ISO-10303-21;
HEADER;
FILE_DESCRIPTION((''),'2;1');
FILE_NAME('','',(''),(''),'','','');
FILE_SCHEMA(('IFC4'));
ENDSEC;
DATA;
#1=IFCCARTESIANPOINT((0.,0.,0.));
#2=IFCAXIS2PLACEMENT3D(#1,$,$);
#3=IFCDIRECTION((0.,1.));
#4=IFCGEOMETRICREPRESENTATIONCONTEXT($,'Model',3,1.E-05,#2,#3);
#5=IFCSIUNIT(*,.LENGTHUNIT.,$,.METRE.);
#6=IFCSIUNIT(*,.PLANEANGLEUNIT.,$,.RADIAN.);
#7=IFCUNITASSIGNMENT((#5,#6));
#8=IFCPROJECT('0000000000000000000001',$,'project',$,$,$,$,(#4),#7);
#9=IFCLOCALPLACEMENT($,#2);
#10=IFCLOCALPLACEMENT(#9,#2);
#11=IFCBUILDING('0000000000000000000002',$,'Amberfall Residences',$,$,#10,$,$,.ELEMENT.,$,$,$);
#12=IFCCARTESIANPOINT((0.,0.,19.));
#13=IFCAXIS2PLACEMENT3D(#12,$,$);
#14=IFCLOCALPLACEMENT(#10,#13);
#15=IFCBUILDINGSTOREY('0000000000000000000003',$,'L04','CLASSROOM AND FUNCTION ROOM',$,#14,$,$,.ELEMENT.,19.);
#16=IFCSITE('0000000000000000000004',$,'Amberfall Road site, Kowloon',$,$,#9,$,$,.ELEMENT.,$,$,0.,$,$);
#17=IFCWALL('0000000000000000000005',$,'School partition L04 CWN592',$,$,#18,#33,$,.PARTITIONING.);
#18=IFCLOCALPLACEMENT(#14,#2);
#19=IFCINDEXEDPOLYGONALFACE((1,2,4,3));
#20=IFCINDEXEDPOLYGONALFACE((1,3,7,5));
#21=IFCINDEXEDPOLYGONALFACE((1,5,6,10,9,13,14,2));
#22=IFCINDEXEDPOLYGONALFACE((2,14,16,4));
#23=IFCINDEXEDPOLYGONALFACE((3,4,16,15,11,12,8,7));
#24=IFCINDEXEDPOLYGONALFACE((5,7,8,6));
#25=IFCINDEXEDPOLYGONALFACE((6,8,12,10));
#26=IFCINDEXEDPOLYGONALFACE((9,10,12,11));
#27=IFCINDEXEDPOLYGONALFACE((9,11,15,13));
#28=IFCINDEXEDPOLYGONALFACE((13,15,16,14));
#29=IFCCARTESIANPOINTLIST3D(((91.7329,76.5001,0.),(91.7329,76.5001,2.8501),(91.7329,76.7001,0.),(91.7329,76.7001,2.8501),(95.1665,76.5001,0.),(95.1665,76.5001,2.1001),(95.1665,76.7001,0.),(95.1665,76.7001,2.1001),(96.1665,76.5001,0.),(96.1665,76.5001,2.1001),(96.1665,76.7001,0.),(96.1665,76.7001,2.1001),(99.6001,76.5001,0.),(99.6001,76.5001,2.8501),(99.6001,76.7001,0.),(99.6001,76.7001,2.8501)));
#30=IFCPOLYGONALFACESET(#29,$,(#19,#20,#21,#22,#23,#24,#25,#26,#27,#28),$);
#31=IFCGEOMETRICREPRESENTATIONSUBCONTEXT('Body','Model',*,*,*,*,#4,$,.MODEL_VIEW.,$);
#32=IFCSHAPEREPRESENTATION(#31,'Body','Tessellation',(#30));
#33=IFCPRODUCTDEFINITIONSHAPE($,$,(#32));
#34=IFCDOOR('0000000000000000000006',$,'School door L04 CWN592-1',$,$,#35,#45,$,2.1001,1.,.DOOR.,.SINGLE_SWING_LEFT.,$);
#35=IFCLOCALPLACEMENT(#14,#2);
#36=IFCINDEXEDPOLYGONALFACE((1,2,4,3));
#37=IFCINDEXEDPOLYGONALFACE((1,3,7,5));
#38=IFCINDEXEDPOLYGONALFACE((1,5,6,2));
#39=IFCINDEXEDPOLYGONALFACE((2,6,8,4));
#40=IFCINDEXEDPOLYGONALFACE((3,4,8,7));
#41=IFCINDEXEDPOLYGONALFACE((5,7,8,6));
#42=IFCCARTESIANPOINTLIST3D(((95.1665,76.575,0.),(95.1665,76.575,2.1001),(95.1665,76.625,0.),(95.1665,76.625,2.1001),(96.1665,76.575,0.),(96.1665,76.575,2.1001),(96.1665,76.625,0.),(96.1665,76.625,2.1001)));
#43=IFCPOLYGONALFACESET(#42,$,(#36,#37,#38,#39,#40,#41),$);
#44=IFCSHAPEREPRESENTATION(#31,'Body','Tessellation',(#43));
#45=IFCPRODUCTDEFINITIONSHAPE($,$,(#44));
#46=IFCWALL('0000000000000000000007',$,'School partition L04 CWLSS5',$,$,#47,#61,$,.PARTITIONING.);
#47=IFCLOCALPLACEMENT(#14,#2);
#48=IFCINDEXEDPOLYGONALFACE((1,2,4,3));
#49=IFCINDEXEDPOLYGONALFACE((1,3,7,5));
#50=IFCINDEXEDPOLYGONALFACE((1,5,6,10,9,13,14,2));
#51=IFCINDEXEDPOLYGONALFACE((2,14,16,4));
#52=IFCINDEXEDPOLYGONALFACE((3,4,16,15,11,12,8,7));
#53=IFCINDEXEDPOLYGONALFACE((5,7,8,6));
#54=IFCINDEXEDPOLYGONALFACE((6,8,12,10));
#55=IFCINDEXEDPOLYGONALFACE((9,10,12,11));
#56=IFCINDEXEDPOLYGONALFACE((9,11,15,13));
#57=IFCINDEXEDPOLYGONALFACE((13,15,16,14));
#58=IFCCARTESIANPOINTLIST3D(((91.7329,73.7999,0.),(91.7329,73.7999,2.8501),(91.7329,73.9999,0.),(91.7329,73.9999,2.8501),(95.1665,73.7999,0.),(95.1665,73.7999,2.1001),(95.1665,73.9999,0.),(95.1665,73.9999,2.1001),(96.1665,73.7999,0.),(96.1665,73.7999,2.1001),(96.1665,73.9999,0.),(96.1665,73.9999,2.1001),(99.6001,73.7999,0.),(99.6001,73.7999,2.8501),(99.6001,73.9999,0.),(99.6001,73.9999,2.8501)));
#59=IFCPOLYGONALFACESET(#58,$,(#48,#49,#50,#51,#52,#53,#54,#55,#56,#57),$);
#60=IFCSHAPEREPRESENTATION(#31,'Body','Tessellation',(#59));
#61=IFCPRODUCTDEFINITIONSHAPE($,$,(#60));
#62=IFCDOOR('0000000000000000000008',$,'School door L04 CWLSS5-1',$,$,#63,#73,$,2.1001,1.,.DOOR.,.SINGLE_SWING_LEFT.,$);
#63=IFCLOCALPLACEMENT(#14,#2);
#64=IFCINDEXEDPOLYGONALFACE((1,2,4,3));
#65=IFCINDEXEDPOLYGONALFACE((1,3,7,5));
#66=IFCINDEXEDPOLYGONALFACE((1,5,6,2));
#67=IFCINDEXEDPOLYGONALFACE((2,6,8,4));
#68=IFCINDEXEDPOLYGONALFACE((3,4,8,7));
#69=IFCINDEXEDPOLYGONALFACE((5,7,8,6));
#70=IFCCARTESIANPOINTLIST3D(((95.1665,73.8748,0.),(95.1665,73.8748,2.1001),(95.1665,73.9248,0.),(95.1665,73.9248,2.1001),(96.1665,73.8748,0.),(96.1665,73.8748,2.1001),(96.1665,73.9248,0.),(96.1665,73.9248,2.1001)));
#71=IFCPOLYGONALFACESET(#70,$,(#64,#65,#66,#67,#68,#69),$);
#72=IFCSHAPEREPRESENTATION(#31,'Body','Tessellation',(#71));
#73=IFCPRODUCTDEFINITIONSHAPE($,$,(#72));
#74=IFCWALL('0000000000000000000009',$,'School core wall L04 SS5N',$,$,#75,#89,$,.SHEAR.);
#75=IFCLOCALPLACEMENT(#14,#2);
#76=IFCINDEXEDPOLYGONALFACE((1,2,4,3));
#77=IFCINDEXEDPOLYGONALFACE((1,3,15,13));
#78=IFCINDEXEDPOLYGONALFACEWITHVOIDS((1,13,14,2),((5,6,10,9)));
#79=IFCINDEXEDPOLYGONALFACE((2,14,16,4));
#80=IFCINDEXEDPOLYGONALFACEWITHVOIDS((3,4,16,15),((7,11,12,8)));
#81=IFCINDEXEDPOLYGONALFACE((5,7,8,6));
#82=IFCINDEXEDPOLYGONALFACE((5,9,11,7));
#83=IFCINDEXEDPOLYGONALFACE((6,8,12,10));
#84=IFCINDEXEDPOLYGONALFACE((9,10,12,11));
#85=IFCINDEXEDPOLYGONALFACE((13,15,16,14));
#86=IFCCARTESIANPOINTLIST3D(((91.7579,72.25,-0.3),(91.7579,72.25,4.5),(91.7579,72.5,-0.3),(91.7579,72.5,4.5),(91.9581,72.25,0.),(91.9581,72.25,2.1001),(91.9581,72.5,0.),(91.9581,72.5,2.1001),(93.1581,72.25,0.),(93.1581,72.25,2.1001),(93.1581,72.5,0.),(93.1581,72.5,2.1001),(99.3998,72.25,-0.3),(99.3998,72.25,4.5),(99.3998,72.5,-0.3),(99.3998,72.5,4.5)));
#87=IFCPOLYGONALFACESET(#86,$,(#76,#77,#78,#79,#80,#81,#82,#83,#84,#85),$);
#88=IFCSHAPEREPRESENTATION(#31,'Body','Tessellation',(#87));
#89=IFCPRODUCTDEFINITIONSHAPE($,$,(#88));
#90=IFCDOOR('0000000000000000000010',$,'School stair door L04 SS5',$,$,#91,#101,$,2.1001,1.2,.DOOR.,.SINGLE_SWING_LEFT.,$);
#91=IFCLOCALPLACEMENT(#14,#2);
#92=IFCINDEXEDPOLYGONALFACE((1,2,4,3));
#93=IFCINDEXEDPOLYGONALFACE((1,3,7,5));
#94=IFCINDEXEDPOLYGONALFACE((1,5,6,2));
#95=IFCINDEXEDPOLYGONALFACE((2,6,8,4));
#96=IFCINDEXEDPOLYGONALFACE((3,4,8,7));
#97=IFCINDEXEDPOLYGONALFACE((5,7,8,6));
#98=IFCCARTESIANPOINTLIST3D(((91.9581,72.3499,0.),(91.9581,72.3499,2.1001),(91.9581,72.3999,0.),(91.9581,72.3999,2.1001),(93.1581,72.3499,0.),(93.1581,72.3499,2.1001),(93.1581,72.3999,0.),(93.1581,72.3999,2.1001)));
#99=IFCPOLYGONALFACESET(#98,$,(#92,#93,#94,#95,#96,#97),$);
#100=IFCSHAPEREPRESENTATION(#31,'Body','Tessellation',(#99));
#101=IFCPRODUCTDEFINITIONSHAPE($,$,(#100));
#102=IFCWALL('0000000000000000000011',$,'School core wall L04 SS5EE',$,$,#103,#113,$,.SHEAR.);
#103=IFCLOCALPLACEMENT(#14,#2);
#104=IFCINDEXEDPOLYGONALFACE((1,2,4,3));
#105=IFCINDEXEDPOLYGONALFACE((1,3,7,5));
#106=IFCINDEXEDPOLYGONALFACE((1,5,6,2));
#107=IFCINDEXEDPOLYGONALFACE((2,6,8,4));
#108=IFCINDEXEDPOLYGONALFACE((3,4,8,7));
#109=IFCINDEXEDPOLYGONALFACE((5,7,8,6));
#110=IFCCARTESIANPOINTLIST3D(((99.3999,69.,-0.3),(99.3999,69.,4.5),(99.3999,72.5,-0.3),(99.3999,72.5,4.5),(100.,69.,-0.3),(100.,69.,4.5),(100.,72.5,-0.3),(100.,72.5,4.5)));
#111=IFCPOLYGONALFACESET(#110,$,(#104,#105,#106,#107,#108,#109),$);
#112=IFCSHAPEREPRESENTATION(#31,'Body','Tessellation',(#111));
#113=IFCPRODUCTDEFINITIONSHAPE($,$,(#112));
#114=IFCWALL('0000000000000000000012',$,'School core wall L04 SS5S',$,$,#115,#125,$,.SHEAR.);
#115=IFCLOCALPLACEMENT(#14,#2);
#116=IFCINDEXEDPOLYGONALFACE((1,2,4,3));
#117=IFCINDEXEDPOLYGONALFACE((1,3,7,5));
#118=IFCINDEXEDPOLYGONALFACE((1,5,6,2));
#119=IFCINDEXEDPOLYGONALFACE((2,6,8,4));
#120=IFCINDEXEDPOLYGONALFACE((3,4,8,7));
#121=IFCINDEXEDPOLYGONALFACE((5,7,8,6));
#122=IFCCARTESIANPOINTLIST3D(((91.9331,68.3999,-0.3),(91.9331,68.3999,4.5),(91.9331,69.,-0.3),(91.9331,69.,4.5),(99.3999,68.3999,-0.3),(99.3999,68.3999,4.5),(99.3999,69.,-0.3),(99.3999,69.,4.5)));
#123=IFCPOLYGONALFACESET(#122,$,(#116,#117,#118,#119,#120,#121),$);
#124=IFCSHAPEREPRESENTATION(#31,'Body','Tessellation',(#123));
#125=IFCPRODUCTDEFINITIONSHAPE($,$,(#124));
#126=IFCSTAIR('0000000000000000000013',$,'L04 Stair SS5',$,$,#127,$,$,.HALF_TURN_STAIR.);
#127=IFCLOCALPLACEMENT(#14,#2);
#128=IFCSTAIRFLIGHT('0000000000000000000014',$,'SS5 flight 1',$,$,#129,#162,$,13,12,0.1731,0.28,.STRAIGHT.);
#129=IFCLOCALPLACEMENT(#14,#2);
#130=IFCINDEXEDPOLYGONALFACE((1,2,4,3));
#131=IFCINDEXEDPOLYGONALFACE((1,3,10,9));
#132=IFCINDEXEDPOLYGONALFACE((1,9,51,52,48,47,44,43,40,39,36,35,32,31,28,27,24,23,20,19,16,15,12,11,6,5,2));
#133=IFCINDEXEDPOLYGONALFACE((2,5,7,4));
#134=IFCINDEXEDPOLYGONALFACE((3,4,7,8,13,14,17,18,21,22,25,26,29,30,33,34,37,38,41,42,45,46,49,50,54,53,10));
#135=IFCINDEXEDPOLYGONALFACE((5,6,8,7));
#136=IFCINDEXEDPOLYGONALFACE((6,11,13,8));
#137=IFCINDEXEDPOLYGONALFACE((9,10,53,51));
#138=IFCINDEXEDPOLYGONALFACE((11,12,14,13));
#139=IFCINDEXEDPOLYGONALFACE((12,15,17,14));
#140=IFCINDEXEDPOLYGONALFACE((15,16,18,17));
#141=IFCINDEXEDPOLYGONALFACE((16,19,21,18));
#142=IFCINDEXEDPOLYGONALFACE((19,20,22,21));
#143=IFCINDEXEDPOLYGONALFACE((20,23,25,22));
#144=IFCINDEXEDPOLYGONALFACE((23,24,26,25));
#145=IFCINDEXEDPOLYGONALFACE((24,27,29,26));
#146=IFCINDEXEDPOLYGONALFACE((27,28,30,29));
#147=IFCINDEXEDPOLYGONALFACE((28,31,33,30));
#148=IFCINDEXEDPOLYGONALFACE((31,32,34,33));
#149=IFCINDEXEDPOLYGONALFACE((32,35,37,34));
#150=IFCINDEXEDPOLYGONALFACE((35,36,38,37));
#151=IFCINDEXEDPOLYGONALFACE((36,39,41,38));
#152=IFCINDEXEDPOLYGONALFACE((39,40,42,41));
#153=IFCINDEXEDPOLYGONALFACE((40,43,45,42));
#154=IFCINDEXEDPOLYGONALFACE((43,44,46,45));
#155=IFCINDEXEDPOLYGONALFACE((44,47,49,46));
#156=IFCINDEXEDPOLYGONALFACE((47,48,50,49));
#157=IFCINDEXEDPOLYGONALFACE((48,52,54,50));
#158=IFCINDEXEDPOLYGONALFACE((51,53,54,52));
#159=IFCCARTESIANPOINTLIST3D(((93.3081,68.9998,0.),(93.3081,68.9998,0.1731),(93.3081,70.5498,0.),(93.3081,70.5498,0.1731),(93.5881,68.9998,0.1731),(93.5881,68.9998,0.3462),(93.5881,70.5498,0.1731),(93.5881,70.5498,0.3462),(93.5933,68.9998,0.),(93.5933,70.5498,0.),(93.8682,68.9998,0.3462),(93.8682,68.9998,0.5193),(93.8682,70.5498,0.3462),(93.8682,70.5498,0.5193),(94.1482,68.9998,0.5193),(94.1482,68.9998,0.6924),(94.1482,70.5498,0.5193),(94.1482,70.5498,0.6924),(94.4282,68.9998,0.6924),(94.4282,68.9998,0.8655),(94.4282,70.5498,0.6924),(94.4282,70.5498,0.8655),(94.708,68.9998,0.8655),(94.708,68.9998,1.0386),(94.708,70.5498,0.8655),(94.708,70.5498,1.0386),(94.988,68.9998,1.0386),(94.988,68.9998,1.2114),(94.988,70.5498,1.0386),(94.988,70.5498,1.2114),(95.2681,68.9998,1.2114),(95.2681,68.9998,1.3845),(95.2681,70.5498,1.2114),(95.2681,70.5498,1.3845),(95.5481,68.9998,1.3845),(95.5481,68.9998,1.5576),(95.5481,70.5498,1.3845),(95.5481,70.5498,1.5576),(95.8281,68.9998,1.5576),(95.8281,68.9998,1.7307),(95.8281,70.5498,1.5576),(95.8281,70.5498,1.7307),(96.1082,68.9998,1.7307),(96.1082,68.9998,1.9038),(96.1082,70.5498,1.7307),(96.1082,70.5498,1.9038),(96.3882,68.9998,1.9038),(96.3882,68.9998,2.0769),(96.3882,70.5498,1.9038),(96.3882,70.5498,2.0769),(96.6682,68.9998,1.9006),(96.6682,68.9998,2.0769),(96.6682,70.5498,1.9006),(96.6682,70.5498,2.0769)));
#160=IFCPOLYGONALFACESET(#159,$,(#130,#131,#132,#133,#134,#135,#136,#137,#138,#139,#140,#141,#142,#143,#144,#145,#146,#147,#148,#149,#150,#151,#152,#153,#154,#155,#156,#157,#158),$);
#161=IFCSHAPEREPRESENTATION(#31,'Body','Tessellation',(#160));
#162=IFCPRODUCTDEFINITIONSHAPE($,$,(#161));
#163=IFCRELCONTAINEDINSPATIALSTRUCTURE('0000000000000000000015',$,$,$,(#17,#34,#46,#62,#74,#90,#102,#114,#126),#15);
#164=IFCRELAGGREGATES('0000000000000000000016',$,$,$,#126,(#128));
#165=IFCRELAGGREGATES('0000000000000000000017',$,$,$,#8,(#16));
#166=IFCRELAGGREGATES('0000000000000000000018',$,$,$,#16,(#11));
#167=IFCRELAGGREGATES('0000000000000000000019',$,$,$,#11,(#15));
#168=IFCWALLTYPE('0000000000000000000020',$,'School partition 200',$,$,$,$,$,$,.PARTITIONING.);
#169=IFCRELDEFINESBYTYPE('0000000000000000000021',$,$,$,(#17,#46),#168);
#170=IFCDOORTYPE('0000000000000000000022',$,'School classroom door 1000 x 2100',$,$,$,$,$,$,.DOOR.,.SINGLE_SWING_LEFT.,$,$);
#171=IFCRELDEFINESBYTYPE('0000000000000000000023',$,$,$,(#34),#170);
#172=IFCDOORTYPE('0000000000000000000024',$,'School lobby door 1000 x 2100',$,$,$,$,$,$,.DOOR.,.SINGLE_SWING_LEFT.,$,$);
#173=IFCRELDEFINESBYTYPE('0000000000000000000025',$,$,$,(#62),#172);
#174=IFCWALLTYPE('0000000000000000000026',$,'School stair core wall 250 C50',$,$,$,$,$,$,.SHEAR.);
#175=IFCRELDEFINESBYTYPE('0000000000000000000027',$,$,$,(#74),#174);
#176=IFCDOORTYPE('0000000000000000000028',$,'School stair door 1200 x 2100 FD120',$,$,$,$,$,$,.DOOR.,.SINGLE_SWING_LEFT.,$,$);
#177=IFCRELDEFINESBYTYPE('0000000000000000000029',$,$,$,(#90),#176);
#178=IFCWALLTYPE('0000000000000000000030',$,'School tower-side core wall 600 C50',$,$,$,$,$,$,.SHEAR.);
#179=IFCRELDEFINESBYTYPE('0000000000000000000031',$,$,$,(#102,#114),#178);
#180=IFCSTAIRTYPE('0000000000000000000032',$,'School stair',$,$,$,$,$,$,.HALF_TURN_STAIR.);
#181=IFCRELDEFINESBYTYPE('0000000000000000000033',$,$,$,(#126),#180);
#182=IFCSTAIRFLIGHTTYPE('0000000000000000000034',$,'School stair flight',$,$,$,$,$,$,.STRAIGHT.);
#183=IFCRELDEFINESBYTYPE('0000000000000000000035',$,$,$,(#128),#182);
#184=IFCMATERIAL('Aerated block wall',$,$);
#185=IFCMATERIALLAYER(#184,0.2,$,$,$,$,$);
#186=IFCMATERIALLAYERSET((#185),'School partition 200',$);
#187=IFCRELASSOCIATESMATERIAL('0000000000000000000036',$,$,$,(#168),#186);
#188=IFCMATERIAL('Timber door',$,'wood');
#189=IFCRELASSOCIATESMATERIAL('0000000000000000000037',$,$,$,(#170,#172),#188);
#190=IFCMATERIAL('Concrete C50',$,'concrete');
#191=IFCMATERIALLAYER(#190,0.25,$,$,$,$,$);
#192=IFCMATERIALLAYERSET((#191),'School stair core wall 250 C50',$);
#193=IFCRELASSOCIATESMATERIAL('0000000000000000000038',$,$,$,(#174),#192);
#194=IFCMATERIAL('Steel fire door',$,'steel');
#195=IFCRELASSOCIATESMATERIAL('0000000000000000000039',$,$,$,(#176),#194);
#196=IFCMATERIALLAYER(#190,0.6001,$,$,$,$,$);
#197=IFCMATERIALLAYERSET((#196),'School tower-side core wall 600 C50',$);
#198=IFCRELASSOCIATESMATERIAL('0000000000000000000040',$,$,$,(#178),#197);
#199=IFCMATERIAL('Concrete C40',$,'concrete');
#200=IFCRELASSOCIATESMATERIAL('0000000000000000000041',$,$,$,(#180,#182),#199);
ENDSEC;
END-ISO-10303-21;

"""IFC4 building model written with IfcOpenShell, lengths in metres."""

from ifc_helpers import new_model, si_unit, direction, frame, frame_2d, origin, place, context, subcontext, project, spatial, polyline, rectangle, outline, extrude, material, layer, layer_set, type_object, element, fill, aggregate, save


model = new_model("IFC4")

# Units and contexts
model_context = context("Model", 3, precision=1e-05, world=origin(), true_north=direction((0.0, 1.0)))
body_context = subcontext(model_context, "Body", "Model", "MODEL_VIEW")
ifc_project = project(units=[si_unit("LENGTHUNIT", "METRE"), si_unit("PLANEANGLEUNIT", "RADIAN")], contexts=[model_context])

# Site, building, storey
site_placement = place(None, origin())
site = spatial("IfcSite", under=ifc_project, at=site_placement, Name="Amberfall Road site, Kowloon", CompositionType="ELEMENT", RefElevation=0.0)
building_placement = place(site_placement, origin())
building = spatial("IfcBuilding", under=site, at=building_placement, Name="Amberfall Residences", CompositionType="ELEMENT")
storey_placement = place(building_placement, frame((0.0, 0.0, 19.0)))
storey = spatial("IfcBuildingStorey", under=building, at=storey_placement, Name="L04", Description="CLASSROOM AND FUNCTION ROOM", CompositionType="ELEMENT", Elevation=19.0)

# Shared definitions
ifc_material_1 = material(Name="Concrete C40", Category="concrete")

# Shared definitions
ifc_material_2 = material(Name="Aerated block wall")

# Walls, openings, doors
ifc_layer_1 = layer(ifc_material_2, 0.2)
ifc_layer_set_1 = layer_set([ifc_layer_1], Name="School partition 200")
wall_type_1 = type_object("IfcWallType", Name="School partition 200", PredefinedType="PARTITIONING", material=ifc_layer_set_1)
wall_1_placement = place(storey_placement, frame((91.7329, 76.6001, 0.0), z_axis=(0.0, 0.0, 1.0), x_axis=(1.0, 0.0, 0.0)))
wall_1 = element("IfcWall", 1, at=wall_1_placement, inside=storey, type_object=wall_type_1, Name="School partition L04 CWN592", PredefinedType="PARTITIONING", context=body_context, shape_type="SweptSolid", body=[
    extrude(rectangle(XDim=7.8672, YDim=0.2, at=frame_2d((3.9336, 0.0))), origin(), (0.0, 0.0, 1.0), 2.8501),
])
opening_1_placement = place(wall_1_placement, frame((3.4336, 0.0, 0.0)))
opening_1 = element("IfcOpeningElement", 2, at=opening_1_placement, cuts=wall_1, PredefinedType="OPENING", context=body_context, shape_type="SweptSolid", body=[
    extrude(rectangle(XDim=1.0, YDim=2.1001, at=frame_2d((0.5, 1.05))), frame((0.0, 0.1099, 0.0), z_axis=(0.0, -1.0, 0.0), x_axis=(1.0, 0.0, 0.0)), (0.0, 0.0, 1.0), 0.22),
])
ifc_material_3 = material(Name="Timber door", Category="wood")
door_type_1 = type_object("IfcDoorType", Name="School classroom door 1000 x 2100", OperationType="SINGLE_SWING_LEFT", PredefinedType="DOOR", material=ifc_material_3)
door_1_placement = place(opening_1_placement, origin())
door_1 = element("IfcDoor", 3, at=door_1_placement, inside=storey, type_object=door_type_1, Name="School door L04 CWN592-1", OperationType="SINGLE_SWING_LEFT", OverallHeight=2.1001, OverallWidth=1.0, PredefinedType="DOOR", context=body_context, shape_type="SweptSolid", body=[
    extrude(rectangle(XDim=1.0, YDim=2.1001, at=frame_2d((0.5, 1.05))), frame((0.0, 0.0249, 0.0), z_axis=(0.0, -1.0, 0.0), x_axis=(1.0, 0.0, 0.0)), (0.0, 0.0, 1.0), 0.05),
])
fill(opening_1, door_1)
wall_2_placement = place(storey_placement, frame((91.7329, 73.8999, 0.0), z_axis=(0.0, 0.0, 1.0), x_axis=(1.0, 0.0, 0.0)))
wall_2 = element("IfcWall", 4, at=wall_2_placement, inside=storey, type_object=wall_type_1, Name="School partition L04 CWLSS5", PredefinedType="PARTITIONING", context=body_context, shape_type="SweptSolid", body=[
    extrude(rectangle(XDim=7.8672, YDim=0.2, at=frame_2d((3.9336, 0.0))), origin(), (0.0, 0.0, 1.0), 2.8501),
])
opening_2_placement = place(wall_2_placement, frame((3.4336, 0.0, 0.0)))
opening_2 = element("IfcOpeningElement", 5, at=opening_2_placement, cuts=wall_2, PredefinedType="OPENING", context=body_context, shape_type="SweptSolid", body=[
    extrude(rectangle(XDim=1.0, YDim=2.1001, at=frame_2d((0.5, 1.05))), frame((0.0, 0.1099, 0.0), z_axis=(0.0, -1.0, 0.0), x_axis=(1.0, 0.0, 0.0)), (0.0, 0.0, 1.0), 0.22),
])
door_type_2 = type_object("IfcDoorType", Name="School lobby door 1000 x 2100", OperationType="SINGLE_SWING_LEFT", PredefinedType="DOOR", material=ifc_material_3)
door_2_placement = place(opening_2_placement, origin())
door_2 = element("IfcDoor", 6, at=door_2_placement, inside=storey, type_object=door_type_2, Name="School door L04 CWLSS5-1", OperationType="SINGLE_SWING_LEFT", OverallHeight=2.1001, OverallWidth=1.0, PredefinedType="DOOR", context=body_context, shape_type="SweptSolid", body=[
    extrude(rectangle(XDim=1.0, YDim=2.1001, at=frame_2d((0.5, 1.05))), frame((0.0, 0.0249, 0.0), z_axis=(0.0, -1.0, 0.0), x_axis=(1.0, 0.0, 0.0)), (0.0, 0.0, 1.0), 0.05),
])
fill(opening_2, door_2)
ifc_material_4 = material(Name="Concrete C50", Category="concrete")
ifc_layer_2 = layer(ifc_material_4, 0.25)
ifc_layer_set_2 = layer_set([ifc_layer_2], Name="School stair core wall 250 C50")
wall_type_2 = type_object("IfcWallType", Name="School stair core wall 250 C50", PredefinedType="SHEAR", material=ifc_layer_set_2)
wall_3_placement = place(storey_placement, frame((91.7581, 72.375, -0.3), z_axis=(0.0, 0.0, 1.0), x_axis=(1.0, 0.0, 0.0)))
wall_3 = element("IfcWall", 7, at=wall_3_placement, inside=storey, type_object=wall_type_2, Name="School core wall L04 SS5N", PredefinedType="SHEAR", context=body_context, shape_type="SweptSolid", body=[
    extrude(rectangle(XDim=7.6418, YDim=0.25, at=frame_2d((3.8208, 0.0))), origin(), (0.0, 0.0, 1.0), 4.8),
])
opening_3_placement = place(wall_3_placement, frame((0.2, 0.0, 0.3)))
opening_3 = element("IfcOpeningElement", 8, at=opening_3_placement, cuts=wall_3, PredefinedType="OPENING", context=body_context, shape_type="SweptSolid", body=[
    extrude(rectangle(XDim=1.2, YDim=2.1001, at=frame_2d((0.6001, 1.05))), frame((0.0, 0.135, 0.0), z_axis=(0.0, -1.0, 0.0), x_axis=(1.0, 0.0, 0.0)), (0.0, 0.0, 1.0), 0.27),
])
ifc_material_5 = material(Name="Steel fire door", Category="steel")
door_type_3 = type_object("IfcDoorType", Name="School stair door 1200 x 2100 FD120", OperationType="SINGLE_SWING_LEFT", PredefinedType="DOOR", material=ifc_material_5)
door_3_placement = place(opening_3_placement, origin())
door_3 = element("IfcDoor", 9, at=door_3_placement, inside=storey, type_object=door_type_3, Name="School stair door L04 SS5", OperationType="SINGLE_SWING_LEFT", OverallHeight=2.1001, OverallWidth=1.2, PredefinedType="DOOR", context=body_context, shape_type="SweptSolid", body=[
    extrude(rectangle(XDim=1.2, YDim=2.1001, at=frame_2d((0.6001, 1.05))), frame((0.0, 0.0249, 0.0), z_axis=(0.0, -1.0, 0.0), x_axis=(1.0, 0.0, 0.0)), (0.0, 0.0, 1.0), 0.05),
])
fill(opening_3, door_3)

# Walls
ifc_layer_3 = layer(ifc_material_4, 0.6001)
ifc_layer_set_3 = layer_set([ifc_layer_3], Name="School tower-side core wall 600 C50")
wall_type_3 = type_object("IfcWallType", Name="School tower-side core wall 600 C50", PredefinedType="SHEAR", material=ifc_layer_set_3)
wall_4_placement = place(storey_placement, frame((99.7, 69.0, -0.3), z_axis=(0.0, 0.0, 1.0), x_axis=(0.0, 1.0, 0.0)))
element("IfcWall", 10, at=wall_4_placement, inside=storey, type_object=wall_type_3, Name="School core wall L04 SS5EE", PredefinedType="SHEAR", context=body_context, shape_type="SweptSolid", body=[
    extrude(rectangle(XDim=3.5, YDim=0.6001, at=frame_2d((1.75, 0.0))), origin(), (0.0, 0.0, 1.0), 4.8),
])
wall_5_placement = place(storey_placement, frame((91.9331, 68.7, -0.3), z_axis=(0.0, 0.0, 1.0), x_axis=(1.0, 0.0, 0.0)))
element("IfcWall", 11, at=wall_5_placement, inside=storey, type_object=wall_type_3, Name="School core wall L04 SS5S", PredefinedType="SHEAR", context=body_context, shape_type="SweptSolid", body=[
    extrude(rectangle(XDim=7.4668, YDim=0.6001, at=frame_2d((3.7334, 0.0))), origin(), (0.0, 0.0, 1.0), 4.8),
])

# Stair, stair flight
stair_type = type_object("IfcStairType", Name="School stair", PredefinedType="HALF_TURN_STAIR", material=ifc_material_1)
stair_placement = place(storey_placement, origin())
stair = element("IfcStair", 12, at=stair_placement, inside=storey, type_object=stair_type, Name="L04 Stair SS5", PredefinedType="HALF_TURN_STAIR")
stair_flight_type = type_object("IfcStairFlightType", Name="School stair flight", PredefinedType="STRAIGHT", material=ifc_material_1)
stair_flight_1_placement = place(storey_placement, frame((93.3081, 69.7749, 0.0), z_axis=(0.0, 0.0, 1.0), x_axis=(1.0, 0.0, 0.0)))
stair_flight_1 = element("IfcStairFlight", 13, at=stair_flight_1_placement, type_object=stair_flight_type, Name="SS5 flight 1", NumberOfRisers=13, NumberOfTreads=12, PredefinedType="STRAIGHT", RiserHeight=0.1731, TreadLength=0.28, context=body_context, shape_type="SweptSolid", body=[
    extrude(outline(polyline([(0.0, 0.0), (0.0, 0.1731), (0.28, 0.1731), (0.28, 0.3462), (0.5601, 0.3462), (0.5601, 0.5193), (0.8401, 0.5193), (0.8401, 0.6924), (1.1201, 0.6924), (1.1201, 0.8655), (1.3999, 0.8655), (1.3999, 1.0386), (1.6799, 1.0386), (1.6799, 1.2114), (1.96, 1.2114), (1.96, 1.3845), (2.24, 1.3845), (2.24, 1.5576), (2.52, 1.5576), (2.52, 1.7307), (2.8, 1.7307), (2.8, 1.9038), (3.0801, 1.9038), (3.0801, 2.0769), (3.3601, 2.0769), (3.3601, 2.25), (3.3601, 1.9006), (0.2852, 0.0), (0.0, 0.0)])), frame((0.0, 0.7749, 0.0), z_axis=(0.0, -1.0, 0.0), x_axis=(1.0, 0.0, 0.0)), (0.0, 0.0, 1.0), 1.55),
])
aggregate(stair, [stair_flight_1])

save(model, "model.ifc")
